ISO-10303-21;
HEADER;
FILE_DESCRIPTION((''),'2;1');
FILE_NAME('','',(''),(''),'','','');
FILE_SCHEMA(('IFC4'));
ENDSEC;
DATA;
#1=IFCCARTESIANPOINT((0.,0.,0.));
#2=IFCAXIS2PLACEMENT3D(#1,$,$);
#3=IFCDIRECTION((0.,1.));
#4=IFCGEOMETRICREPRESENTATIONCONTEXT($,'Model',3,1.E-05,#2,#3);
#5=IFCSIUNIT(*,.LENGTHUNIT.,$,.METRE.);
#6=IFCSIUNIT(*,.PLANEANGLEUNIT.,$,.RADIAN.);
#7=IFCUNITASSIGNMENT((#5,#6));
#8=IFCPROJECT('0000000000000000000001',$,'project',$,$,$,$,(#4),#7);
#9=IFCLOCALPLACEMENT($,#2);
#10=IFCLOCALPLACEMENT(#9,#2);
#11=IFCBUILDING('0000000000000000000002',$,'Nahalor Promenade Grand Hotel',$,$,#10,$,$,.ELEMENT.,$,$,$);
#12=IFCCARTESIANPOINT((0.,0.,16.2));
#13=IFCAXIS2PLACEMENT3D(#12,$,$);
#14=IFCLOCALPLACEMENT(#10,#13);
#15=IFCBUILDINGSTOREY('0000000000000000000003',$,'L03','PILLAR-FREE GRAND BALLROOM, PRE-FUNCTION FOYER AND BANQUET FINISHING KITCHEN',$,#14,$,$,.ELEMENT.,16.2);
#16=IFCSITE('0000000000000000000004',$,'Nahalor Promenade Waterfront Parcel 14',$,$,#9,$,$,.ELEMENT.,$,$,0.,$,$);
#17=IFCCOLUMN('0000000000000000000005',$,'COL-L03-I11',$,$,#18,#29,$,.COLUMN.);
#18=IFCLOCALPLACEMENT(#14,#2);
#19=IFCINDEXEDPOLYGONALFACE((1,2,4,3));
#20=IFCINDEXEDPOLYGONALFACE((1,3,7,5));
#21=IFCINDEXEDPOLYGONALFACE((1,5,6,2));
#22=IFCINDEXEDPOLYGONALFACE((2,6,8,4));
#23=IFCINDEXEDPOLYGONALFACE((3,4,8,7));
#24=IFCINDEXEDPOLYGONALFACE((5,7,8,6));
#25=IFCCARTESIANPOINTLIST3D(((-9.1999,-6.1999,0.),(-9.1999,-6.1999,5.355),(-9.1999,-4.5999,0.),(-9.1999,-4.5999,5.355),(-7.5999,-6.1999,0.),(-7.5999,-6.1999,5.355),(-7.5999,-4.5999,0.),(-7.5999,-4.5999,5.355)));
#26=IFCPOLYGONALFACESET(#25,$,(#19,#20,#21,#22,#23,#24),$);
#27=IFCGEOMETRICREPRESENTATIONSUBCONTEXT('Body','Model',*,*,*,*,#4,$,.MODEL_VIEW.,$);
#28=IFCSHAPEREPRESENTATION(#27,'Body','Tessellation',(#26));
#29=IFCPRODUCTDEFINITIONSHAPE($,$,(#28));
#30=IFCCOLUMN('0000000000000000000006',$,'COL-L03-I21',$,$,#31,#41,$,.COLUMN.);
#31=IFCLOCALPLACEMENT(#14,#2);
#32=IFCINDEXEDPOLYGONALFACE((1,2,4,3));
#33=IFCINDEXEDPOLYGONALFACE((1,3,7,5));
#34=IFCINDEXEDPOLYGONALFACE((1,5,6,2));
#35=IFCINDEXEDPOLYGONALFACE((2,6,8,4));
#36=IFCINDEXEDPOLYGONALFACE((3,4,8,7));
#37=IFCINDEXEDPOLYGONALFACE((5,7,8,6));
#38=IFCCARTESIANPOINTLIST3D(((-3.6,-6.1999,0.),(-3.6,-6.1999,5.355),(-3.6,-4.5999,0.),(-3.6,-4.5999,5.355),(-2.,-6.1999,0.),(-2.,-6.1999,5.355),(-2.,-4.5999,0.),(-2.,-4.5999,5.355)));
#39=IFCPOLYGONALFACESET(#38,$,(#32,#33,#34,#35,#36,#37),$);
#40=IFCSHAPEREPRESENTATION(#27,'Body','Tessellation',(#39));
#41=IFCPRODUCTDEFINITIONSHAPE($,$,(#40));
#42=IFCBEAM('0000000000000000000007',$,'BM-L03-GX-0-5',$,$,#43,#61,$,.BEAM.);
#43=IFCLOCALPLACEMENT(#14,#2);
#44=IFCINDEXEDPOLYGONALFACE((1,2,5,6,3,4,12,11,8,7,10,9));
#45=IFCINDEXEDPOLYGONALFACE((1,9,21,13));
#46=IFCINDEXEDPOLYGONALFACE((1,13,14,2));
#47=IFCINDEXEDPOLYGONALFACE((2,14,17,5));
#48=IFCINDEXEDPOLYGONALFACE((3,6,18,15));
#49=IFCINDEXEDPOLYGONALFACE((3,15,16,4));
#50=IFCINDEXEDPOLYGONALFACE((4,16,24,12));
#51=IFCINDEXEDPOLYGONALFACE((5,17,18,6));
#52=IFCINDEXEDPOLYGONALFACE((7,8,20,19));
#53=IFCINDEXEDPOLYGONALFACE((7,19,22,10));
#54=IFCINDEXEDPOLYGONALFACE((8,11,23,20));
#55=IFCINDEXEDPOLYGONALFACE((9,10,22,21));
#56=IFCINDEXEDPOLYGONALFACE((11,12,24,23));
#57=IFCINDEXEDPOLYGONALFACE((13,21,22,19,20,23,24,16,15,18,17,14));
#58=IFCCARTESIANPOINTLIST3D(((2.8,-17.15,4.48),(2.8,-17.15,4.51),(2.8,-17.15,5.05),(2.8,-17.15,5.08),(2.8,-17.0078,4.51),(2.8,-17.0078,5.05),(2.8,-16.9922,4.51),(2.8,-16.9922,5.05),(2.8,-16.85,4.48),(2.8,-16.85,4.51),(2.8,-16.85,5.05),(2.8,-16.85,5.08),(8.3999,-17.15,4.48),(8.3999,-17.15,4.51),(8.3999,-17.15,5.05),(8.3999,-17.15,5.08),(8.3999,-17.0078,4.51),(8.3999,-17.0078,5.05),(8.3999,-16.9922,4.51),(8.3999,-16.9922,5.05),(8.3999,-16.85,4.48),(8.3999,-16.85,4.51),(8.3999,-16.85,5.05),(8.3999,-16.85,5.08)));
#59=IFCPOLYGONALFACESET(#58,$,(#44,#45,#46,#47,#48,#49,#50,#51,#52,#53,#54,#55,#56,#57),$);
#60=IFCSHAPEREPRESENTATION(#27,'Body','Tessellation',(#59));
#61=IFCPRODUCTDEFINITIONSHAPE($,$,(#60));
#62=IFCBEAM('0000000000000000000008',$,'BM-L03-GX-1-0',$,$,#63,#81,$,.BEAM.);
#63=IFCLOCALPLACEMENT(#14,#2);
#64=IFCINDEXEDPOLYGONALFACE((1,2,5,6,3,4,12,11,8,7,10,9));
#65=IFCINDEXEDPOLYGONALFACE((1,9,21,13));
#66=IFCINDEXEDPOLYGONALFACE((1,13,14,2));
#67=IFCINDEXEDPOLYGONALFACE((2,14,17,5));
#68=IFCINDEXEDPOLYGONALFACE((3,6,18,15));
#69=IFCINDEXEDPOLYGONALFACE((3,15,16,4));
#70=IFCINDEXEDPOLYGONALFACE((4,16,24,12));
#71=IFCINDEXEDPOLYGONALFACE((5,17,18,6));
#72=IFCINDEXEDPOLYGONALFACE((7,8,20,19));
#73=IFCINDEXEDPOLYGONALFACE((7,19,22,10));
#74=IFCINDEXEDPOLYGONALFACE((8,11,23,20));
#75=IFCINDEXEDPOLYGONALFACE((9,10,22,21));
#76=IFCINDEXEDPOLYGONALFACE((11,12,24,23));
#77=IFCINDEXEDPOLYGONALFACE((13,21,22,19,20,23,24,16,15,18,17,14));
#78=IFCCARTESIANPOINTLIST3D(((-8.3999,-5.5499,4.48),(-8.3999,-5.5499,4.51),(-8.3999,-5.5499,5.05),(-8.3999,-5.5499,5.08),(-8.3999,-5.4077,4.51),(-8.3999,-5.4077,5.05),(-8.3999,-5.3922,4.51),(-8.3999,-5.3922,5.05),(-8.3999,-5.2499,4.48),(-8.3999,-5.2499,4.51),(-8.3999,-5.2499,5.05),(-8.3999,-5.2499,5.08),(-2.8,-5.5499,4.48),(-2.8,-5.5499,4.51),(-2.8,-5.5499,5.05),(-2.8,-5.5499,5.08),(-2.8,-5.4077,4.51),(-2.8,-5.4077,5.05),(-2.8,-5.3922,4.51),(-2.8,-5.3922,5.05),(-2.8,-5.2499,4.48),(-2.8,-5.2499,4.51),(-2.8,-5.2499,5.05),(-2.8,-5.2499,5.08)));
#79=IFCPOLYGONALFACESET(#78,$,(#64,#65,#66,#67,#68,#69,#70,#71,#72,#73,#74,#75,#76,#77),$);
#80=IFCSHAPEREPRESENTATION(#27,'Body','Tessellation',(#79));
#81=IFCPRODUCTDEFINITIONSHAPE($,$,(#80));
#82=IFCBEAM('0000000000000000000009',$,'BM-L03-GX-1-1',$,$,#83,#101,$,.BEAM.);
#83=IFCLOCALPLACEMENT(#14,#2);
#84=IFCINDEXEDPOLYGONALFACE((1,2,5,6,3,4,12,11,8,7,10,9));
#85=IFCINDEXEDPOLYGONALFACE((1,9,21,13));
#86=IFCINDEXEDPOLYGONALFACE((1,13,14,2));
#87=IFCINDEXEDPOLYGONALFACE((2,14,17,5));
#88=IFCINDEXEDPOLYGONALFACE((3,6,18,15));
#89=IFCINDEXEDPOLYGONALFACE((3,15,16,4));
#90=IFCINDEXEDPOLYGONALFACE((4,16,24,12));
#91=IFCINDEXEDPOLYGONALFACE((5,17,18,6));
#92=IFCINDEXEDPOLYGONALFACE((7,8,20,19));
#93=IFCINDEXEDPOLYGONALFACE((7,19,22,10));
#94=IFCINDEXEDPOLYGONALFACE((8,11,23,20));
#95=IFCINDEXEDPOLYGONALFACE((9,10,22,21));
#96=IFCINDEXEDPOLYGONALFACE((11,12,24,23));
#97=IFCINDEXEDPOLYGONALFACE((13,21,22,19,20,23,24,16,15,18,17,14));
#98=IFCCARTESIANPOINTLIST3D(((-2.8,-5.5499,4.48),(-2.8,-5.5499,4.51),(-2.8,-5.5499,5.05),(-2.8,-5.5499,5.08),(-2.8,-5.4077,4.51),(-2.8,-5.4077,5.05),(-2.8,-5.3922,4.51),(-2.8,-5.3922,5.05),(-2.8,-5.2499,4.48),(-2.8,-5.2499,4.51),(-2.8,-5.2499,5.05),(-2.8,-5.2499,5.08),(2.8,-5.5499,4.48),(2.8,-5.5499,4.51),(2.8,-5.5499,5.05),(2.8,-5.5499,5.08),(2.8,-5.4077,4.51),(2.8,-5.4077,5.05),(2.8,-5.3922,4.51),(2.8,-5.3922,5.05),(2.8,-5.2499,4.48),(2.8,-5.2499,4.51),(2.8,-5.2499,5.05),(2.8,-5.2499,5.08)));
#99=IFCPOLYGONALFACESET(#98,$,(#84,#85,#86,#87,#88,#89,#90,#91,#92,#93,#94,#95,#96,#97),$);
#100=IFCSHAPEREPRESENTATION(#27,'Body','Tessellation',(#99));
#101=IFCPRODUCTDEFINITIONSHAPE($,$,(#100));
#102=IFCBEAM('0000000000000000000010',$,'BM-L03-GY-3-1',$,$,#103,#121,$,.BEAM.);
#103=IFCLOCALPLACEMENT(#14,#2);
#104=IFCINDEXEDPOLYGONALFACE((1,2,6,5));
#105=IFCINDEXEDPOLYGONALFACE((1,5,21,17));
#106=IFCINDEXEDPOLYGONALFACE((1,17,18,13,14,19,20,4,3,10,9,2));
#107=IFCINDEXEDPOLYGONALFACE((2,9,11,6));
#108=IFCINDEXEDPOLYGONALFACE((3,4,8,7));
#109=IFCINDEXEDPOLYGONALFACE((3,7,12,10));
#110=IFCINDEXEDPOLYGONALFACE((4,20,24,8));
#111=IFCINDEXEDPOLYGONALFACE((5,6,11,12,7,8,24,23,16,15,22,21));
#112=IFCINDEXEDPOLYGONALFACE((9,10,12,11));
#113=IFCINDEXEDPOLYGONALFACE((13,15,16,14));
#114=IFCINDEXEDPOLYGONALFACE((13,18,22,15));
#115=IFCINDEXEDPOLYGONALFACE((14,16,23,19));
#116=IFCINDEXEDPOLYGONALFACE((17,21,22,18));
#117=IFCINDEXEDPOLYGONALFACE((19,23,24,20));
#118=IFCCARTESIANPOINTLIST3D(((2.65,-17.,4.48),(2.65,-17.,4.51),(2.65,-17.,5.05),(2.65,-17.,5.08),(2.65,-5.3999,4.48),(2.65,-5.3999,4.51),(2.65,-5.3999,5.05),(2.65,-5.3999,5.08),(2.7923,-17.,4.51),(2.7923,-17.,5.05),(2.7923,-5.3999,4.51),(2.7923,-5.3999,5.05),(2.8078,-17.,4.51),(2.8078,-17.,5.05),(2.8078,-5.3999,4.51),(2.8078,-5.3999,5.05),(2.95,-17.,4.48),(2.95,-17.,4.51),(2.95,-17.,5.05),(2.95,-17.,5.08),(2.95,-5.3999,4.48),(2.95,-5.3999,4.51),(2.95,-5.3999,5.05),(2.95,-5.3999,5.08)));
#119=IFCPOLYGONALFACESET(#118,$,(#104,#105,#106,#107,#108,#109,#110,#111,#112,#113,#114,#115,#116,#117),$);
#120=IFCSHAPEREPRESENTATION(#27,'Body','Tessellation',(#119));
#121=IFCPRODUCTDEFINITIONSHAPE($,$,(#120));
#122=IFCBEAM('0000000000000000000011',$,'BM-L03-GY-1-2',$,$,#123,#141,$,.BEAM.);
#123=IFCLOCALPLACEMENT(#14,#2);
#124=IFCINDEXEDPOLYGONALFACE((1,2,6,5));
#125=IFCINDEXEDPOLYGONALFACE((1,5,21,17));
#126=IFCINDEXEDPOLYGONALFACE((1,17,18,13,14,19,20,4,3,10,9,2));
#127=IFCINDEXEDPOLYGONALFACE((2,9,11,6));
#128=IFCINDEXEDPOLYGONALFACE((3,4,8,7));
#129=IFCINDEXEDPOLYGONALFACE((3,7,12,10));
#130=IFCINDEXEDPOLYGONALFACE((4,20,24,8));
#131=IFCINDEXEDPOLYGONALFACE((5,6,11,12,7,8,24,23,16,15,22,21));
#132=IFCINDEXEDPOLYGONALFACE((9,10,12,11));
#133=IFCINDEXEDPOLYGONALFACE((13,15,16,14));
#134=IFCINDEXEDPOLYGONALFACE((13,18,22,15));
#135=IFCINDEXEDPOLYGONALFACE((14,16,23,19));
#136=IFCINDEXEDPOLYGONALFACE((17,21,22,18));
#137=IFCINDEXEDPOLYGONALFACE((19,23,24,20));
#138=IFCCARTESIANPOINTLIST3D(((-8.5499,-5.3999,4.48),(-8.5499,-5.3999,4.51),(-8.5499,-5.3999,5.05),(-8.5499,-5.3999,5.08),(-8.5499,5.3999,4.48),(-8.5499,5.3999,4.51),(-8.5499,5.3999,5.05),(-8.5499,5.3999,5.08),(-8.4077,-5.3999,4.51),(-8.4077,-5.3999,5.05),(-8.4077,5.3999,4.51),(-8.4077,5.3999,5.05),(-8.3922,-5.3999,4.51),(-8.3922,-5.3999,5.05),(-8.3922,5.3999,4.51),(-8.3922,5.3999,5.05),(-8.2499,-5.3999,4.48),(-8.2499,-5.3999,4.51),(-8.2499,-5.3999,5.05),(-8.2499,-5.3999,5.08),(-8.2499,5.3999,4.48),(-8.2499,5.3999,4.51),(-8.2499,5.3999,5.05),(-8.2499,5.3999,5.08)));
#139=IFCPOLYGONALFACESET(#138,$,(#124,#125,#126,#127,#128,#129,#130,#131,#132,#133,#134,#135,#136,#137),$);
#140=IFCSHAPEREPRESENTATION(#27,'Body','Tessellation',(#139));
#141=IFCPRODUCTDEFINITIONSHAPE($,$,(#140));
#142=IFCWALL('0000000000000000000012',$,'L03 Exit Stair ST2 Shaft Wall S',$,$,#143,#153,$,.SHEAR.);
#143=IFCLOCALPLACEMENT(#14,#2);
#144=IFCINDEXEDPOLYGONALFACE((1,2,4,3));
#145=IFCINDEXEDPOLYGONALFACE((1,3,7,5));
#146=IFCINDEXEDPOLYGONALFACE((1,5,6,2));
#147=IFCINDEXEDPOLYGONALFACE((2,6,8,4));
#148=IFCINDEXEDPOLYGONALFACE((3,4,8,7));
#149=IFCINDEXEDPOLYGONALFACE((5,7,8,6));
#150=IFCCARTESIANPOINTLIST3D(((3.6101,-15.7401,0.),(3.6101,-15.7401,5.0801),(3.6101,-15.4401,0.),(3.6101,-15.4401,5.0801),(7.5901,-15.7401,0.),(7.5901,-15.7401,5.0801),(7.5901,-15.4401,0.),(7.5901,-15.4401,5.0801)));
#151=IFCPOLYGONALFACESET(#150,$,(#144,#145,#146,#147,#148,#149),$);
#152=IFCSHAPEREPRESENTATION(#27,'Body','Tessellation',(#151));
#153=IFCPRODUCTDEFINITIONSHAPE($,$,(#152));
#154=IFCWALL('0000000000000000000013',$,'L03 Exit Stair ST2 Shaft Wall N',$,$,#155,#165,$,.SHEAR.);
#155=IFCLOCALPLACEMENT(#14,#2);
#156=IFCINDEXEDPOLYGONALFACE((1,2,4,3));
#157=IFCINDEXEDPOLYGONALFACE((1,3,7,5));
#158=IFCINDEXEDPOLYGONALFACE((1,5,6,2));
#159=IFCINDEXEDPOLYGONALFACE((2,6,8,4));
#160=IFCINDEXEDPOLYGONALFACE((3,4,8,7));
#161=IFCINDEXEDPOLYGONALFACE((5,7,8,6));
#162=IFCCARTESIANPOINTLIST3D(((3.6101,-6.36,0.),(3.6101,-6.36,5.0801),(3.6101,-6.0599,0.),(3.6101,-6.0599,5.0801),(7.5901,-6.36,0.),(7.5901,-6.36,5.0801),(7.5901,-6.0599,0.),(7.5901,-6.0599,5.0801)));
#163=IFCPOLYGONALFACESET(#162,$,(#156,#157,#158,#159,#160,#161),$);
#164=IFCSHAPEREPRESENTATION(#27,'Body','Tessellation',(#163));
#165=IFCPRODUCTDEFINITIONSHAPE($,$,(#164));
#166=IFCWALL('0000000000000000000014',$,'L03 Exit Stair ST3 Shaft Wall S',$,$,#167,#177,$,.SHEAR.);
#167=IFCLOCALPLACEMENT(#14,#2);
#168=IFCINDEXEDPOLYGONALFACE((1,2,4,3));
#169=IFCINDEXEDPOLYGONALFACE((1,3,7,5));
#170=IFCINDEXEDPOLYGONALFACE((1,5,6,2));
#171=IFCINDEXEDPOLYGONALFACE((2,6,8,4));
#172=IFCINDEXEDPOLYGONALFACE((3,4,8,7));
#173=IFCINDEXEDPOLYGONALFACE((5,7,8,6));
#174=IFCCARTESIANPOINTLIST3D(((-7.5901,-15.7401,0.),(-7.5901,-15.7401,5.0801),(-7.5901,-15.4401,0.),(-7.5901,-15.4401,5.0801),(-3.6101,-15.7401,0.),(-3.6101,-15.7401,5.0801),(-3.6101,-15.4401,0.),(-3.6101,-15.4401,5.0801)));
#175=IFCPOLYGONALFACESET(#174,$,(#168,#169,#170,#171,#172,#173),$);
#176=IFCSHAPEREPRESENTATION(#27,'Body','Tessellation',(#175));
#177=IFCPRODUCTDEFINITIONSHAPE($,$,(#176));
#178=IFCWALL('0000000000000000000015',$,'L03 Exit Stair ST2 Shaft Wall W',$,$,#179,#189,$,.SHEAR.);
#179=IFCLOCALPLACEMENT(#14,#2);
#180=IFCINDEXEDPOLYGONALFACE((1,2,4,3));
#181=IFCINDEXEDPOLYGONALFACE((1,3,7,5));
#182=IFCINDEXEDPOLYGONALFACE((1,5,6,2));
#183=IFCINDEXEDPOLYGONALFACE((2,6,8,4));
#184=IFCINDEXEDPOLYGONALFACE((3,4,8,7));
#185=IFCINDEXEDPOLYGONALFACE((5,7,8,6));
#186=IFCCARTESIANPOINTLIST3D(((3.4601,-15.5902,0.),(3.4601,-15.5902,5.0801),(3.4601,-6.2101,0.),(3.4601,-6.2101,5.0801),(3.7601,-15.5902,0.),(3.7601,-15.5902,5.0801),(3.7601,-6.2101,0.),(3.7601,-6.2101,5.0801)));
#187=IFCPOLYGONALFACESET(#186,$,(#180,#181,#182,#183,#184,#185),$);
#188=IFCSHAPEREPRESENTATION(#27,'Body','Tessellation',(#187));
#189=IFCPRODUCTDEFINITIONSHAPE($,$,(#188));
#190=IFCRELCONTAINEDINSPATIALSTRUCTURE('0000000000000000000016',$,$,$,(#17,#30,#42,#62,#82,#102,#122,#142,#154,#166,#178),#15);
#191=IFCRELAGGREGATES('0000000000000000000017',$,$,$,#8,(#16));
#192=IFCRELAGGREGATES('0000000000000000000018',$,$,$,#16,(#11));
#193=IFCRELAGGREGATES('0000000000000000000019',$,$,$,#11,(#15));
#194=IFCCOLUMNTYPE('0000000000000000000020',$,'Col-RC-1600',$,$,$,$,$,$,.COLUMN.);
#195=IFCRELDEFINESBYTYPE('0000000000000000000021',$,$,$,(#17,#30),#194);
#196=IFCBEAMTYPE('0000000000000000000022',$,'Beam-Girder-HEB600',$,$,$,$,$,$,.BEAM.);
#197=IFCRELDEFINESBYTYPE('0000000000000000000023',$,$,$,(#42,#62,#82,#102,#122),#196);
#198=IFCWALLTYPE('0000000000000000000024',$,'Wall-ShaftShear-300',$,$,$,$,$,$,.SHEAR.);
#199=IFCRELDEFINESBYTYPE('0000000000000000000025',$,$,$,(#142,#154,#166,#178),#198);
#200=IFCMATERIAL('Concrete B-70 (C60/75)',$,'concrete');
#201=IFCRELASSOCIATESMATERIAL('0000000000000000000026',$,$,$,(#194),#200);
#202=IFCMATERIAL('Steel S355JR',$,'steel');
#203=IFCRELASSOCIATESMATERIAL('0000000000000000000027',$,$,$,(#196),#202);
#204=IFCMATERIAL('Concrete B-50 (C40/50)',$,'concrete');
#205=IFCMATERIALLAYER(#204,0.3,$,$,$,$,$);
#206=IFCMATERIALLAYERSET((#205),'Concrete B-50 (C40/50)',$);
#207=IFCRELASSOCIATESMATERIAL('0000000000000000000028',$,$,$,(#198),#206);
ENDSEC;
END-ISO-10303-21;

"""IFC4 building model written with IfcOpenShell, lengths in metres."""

from ifc_helpers import new_model, si_unit, direction, frame, frame_2d, origin, origin_2d, place, context, subcontext, project, spatial, rectangle, i_section, extrude, source, transform, mapped, material, layer, layer_set, material_profile, profile_set, type_object, element, save


model = new_model("IFC4")

# Units and contexts
model_context = context("Model", 3, precision=1e-05, world=origin(), true_north=direction((0.0, 1.0)))
body_context = subcontext(model_context, "Body", "Model", "MODEL_VIEW")
ifc_project = project(units=[si_unit("LENGTHUNIT", "METRE"), si_unit("PLANEANGLEUNIT", "RADIAN")], contexts=[model_context])

# Site, building, storey
site_placement = place(None, origin())
site = spatial("IfcSite", under=ifc_project, at=site_placement, Name="Nahalor Promenade Waterfront Parcel 14", CompositionType="ELEMENT", RefElevation=0.0)
building_placement = place(site_placement, origin())
building = spatial("IfcBuilding", under=site, at=building_placement, Name="Nahalor Promenade Grand Hotel", CompositionType="ELEMENT")
storey_placement = place(building_placement, frame((0.0, 0.0, 16.2)))
storey = spatial("IfcBuildingStorey", under=building, at=storey_placement, Name="L03", Description="PILLAR-FREE GRAND BALLROOM, PRE-FUNCTION FOYER AND BANQUET FINISHING KITCHEN", CompositionType="ELEMENT", Elevation=16.2)

# Columns
ifc_material_1 = material(Name="Concrete B-70 (C60/75)", Category="concrete")
ifc_material_profile_1 = material_profile(ifc_material_1, rectangle(XDim=1.6, YDim=1.6, at=origin_2d()), Name="RC 1600x1600")
ifc_profile_set_1 = profile_set([ifc_material_profile_1], Name="Concrete B-70 (C60/75)")
column_type = type_object("IfcColumnType", Name="Col-RC-1600", PredefinedType="COLUMN", material=ifc_profile_set_1)
shared_shape_1 = source(origin(), body_context, "Body", "SweptSolid", [
    extrude(rectangle(XDim=1.6, YDim=1.6, at=origin_2d()), origin(), (0.0, 0.0, 1.0), 5.355),
])
for number, where, z_axis, x_axis, name in (
    (1, (-8.3999, -5.3999, 0.0), (0.0, 0.0, 1.0), (1.0, 0.0, 0.0), "COL-L03-I11"),
    (2, (-2.8, -5.3999, 0.0), (0.0, 0.0, 1.0), (1.0, 0.0, 0.0), "COL-L03-I21"),
):
    element("IfcColumn", number, at=place(storey_placement, frame(where, z_axis=z_axis, x_axis=x_axis)), inside=storey, type_object=column_type, Name=name, PredefinedType="COLUMN", context=body_context, shape_type="MappedRepresentation", body=[
        mapped(shared_shape_1, transform((0.0, 0.0, 0.0), scale=1.0)),
    ])

# Beams
ifc_material_2 = material(Name="Steel S355JR", Category="steel")
ifc_material_profile_2 = material_profile(ifc_material_2, i_section(OverallWidth=0.3, OverallDepth=0.6, WebThickness=0.0155, FlangeThickness=0.03, at=origin_2d()), Name="HEB 600")
ifc_profile_set_2 = profile_set([ifc_material_profile_2], Name="Steel S355JR")
beam_type = type_object("IfcBeamType", Name="Beam-Girder-HEB600", PredefinedType="BEAM", material=ifc_profile_set_2)
shared_shape_2 = source(origin(), body_context, "Body", "SweptSolid", [
    extrude(i_section(OverallWidth=0.3, OverallDepth=0.6, WebThickness=0.0155, FlangeThickness=0.03, at=origin_2d()), origin(), (0.0, 0.0, 1.0), 5.5999),
])
for number, where, z_axis, x_axis, name in (
    (3, (2.8, -17.0, 4.78), (1.0, 0.0, 0.0), (0.0, 1.0, 0.0), "BM-L03-GX-0-5"),
    (4, (-8.3999, -5.3999, 4.78), (1.0, 0.0, 0.0), (0.0, 1.0, 0.0), "BM-L03-GX-1-0"),
):
    element("IfcBeam", number, at=place(storey_placement, frame(where, z_axis=z_axis, x_axis=x_axis)), inside=storey, type_object=beam_type, Name=name, PredefinedType="BEAM", context=body_context, shape_type="MappedRepresentation", body=[
        mapped(shared_shape_2, transform((0.0, 0.0, 0.0), scale=1.0)),
    ])
shared_shape_3 = source(origin(), body_context, "Body", "SweptSolid", [
    extrude(i_section(OverallWidth=0.3, OverallDepth=0.6, WebThickness=0.0155, FlangeThickness=0.03, at=origin_2d()), origin(), (0.0, 0.0, 1.0), 5.6001),
])
beam_1_placement = place(storey_placement, frame((-2.8, -5.3999, 4.78), z_axis=(1.0, 0.0, 0.0), x_axis=(0.0, 1.0, 0.0)))
element("IfcBeam", 5, at=beam_1_placement, inside=storey, type_object=beam_type, Name="BM-L03-GX-1-1", PredefinedType="BEAM", context=body_context, shape_type="MappedRepresentation", body=[
    mapped(shared_shape_3, transform((0.0, 0.0, 0.0), scale=1.0)),
])
shared_shape_4 = source(origin(), body_context, "Body", "SweptSolid", [
    extrude(i_section(OverallWidth=0.3, OverallDepth=0.6, WebThickness=0.0155, FlangeThickness=0.03, at=origin_2d()), origin(), (0.0, 0.0, 1.0), 11.6001),
])
beam_2_placement = place(storey_placement, frame((2.8, -17.0, 4.78), z_axis=(0.0, 1.0, 0.0), x_axis=(-1.0, 0.0, 0.0)))
element("IfcBeam", 6, at=beam_2_placement, inside=storey, type_object=beam_type, Name="BM-L03-GY-3-1", PredefinedType="BEAM", context=body_context, shape_type="MappedRepresentation", body=[
    mapped(shared_shape_4, transform((0.0, 0.0, 0.0), scale=1.0)),
])
shared_shape_5 = source(origin(), body_context, "Body", "SweptSolid", [
    extrude(i_section(OverallWidth=0.3, OverallDepth=0.6, WebThickness=0.0155, FlangeThickness=0.03, at=origin_2d()), origin(), (0.0, 0.0, 1.0), 10.7998),
])
beam_3_placement = place(storey_placement, frame((-8.3999, -5.3999, 4.78), z_axis=(0.0, 1.0, 0.0), x_axis=(-1.0, 0.0, 0.0)))
element("IfcBeam", 7, at=beam_3_placement, inside=storey, type_object=beam_type, Name="BM-L03-GY-1-2", PredefinedType="BEAM", context=body_context, shape_type="MappedRepresentation", body=[
    mapped(shared_shape_5, transform((0.0, 0.0, 0.0), scale=1.0)),
])

# Walls
ifc_material_3 = material(Name="Concrete B-50 (C40/50)", Category="concrete")
ifc_layer_1 = layer(ifc_material_3, 0.3)
ifc_layer_set_1 = layer_set([ifc_layer_1], Name="Concrete B-50 (C40/50)")
wall_type_1 = type_object("IfcWallType", Name="Wall-ShaftShear-300", PredefinedType="SHEAR", material=ifc_layer_set_1)
shared_shape_6 = source(origin(), body_context, "Body", "SweptSolid", [
    extrude(rectangle(XDim=3.98, YDim=0.3, at=frame_2d((1.99, 0.0))), origin(), (0.0, 0.0, 1.0), 5.0801),
])
for number, where, z_axis, x_axis, name in (
    (8, (3.6101, -15.5901, 0.0), (0.0, 0.0, 1.0), (1.0, 0.0, 0.0), "L03 Exit Stair ST2 Shaft Wall S"),
    (9, (3.6101, -6.21, 0.0), (0.0, 0.0, 1.0), (1.0, 0.0, 0.0), "L03 Exit Stair ST2 Shaft Wall N"),
    (10, (-7.5901, -15.5901, 0.0), (0.0, 0.0, 1.0), (1.0, 0.0, 0.0), "L03 Exit Stair ST3 Shaft Wall S"),
):
    element("IfcWall", number, at=place(storey_placement, frame(where, z_axis=z_axis, x_axis=x_axis)), inside=storey, type_object=wall_type_1, Name=name, PredefinedType="SHEAR", context=body_context, shape_type="MappedRepresentation", body=[
        mapped(shared_shape_6, transform((0.0, 0.0, 0.0), scale=1.0)),
    ])

# Wall
shared_shape_7 = source(origin(), body_context, "Body", "SweptSolid", [
    extrude(rectangle(XDim=9.3801, YDim=0.3, at=frame_2d((4.6899, 0.0))), origin(), (0.0, 0.0, 1.0), 5.0801),
])
for number, where, z_axis, x_axis, name in (
    (11, (3.6101, -15.5901, 0.0), (0.0, 0.0, 1.0), (0.0, 1.0, 0.0), "L03 Exit Stair ST2 Shaft Wall W"),
):
    element("IfcWall", number, at=place(storey_placement, frame(where, z_axis=z_axis, x_axis=x_axis)), inside=storey, type_object=wall_type_1, Name=name, PredefinedType="SHEAR", context=body_context, shape_type="MappedRepresentation", body=[
        mapped(shared_shape_7, transform((0.0, 0.0, 0.0), scale=1.0)),
    ])

save(model, "model.ifc")
